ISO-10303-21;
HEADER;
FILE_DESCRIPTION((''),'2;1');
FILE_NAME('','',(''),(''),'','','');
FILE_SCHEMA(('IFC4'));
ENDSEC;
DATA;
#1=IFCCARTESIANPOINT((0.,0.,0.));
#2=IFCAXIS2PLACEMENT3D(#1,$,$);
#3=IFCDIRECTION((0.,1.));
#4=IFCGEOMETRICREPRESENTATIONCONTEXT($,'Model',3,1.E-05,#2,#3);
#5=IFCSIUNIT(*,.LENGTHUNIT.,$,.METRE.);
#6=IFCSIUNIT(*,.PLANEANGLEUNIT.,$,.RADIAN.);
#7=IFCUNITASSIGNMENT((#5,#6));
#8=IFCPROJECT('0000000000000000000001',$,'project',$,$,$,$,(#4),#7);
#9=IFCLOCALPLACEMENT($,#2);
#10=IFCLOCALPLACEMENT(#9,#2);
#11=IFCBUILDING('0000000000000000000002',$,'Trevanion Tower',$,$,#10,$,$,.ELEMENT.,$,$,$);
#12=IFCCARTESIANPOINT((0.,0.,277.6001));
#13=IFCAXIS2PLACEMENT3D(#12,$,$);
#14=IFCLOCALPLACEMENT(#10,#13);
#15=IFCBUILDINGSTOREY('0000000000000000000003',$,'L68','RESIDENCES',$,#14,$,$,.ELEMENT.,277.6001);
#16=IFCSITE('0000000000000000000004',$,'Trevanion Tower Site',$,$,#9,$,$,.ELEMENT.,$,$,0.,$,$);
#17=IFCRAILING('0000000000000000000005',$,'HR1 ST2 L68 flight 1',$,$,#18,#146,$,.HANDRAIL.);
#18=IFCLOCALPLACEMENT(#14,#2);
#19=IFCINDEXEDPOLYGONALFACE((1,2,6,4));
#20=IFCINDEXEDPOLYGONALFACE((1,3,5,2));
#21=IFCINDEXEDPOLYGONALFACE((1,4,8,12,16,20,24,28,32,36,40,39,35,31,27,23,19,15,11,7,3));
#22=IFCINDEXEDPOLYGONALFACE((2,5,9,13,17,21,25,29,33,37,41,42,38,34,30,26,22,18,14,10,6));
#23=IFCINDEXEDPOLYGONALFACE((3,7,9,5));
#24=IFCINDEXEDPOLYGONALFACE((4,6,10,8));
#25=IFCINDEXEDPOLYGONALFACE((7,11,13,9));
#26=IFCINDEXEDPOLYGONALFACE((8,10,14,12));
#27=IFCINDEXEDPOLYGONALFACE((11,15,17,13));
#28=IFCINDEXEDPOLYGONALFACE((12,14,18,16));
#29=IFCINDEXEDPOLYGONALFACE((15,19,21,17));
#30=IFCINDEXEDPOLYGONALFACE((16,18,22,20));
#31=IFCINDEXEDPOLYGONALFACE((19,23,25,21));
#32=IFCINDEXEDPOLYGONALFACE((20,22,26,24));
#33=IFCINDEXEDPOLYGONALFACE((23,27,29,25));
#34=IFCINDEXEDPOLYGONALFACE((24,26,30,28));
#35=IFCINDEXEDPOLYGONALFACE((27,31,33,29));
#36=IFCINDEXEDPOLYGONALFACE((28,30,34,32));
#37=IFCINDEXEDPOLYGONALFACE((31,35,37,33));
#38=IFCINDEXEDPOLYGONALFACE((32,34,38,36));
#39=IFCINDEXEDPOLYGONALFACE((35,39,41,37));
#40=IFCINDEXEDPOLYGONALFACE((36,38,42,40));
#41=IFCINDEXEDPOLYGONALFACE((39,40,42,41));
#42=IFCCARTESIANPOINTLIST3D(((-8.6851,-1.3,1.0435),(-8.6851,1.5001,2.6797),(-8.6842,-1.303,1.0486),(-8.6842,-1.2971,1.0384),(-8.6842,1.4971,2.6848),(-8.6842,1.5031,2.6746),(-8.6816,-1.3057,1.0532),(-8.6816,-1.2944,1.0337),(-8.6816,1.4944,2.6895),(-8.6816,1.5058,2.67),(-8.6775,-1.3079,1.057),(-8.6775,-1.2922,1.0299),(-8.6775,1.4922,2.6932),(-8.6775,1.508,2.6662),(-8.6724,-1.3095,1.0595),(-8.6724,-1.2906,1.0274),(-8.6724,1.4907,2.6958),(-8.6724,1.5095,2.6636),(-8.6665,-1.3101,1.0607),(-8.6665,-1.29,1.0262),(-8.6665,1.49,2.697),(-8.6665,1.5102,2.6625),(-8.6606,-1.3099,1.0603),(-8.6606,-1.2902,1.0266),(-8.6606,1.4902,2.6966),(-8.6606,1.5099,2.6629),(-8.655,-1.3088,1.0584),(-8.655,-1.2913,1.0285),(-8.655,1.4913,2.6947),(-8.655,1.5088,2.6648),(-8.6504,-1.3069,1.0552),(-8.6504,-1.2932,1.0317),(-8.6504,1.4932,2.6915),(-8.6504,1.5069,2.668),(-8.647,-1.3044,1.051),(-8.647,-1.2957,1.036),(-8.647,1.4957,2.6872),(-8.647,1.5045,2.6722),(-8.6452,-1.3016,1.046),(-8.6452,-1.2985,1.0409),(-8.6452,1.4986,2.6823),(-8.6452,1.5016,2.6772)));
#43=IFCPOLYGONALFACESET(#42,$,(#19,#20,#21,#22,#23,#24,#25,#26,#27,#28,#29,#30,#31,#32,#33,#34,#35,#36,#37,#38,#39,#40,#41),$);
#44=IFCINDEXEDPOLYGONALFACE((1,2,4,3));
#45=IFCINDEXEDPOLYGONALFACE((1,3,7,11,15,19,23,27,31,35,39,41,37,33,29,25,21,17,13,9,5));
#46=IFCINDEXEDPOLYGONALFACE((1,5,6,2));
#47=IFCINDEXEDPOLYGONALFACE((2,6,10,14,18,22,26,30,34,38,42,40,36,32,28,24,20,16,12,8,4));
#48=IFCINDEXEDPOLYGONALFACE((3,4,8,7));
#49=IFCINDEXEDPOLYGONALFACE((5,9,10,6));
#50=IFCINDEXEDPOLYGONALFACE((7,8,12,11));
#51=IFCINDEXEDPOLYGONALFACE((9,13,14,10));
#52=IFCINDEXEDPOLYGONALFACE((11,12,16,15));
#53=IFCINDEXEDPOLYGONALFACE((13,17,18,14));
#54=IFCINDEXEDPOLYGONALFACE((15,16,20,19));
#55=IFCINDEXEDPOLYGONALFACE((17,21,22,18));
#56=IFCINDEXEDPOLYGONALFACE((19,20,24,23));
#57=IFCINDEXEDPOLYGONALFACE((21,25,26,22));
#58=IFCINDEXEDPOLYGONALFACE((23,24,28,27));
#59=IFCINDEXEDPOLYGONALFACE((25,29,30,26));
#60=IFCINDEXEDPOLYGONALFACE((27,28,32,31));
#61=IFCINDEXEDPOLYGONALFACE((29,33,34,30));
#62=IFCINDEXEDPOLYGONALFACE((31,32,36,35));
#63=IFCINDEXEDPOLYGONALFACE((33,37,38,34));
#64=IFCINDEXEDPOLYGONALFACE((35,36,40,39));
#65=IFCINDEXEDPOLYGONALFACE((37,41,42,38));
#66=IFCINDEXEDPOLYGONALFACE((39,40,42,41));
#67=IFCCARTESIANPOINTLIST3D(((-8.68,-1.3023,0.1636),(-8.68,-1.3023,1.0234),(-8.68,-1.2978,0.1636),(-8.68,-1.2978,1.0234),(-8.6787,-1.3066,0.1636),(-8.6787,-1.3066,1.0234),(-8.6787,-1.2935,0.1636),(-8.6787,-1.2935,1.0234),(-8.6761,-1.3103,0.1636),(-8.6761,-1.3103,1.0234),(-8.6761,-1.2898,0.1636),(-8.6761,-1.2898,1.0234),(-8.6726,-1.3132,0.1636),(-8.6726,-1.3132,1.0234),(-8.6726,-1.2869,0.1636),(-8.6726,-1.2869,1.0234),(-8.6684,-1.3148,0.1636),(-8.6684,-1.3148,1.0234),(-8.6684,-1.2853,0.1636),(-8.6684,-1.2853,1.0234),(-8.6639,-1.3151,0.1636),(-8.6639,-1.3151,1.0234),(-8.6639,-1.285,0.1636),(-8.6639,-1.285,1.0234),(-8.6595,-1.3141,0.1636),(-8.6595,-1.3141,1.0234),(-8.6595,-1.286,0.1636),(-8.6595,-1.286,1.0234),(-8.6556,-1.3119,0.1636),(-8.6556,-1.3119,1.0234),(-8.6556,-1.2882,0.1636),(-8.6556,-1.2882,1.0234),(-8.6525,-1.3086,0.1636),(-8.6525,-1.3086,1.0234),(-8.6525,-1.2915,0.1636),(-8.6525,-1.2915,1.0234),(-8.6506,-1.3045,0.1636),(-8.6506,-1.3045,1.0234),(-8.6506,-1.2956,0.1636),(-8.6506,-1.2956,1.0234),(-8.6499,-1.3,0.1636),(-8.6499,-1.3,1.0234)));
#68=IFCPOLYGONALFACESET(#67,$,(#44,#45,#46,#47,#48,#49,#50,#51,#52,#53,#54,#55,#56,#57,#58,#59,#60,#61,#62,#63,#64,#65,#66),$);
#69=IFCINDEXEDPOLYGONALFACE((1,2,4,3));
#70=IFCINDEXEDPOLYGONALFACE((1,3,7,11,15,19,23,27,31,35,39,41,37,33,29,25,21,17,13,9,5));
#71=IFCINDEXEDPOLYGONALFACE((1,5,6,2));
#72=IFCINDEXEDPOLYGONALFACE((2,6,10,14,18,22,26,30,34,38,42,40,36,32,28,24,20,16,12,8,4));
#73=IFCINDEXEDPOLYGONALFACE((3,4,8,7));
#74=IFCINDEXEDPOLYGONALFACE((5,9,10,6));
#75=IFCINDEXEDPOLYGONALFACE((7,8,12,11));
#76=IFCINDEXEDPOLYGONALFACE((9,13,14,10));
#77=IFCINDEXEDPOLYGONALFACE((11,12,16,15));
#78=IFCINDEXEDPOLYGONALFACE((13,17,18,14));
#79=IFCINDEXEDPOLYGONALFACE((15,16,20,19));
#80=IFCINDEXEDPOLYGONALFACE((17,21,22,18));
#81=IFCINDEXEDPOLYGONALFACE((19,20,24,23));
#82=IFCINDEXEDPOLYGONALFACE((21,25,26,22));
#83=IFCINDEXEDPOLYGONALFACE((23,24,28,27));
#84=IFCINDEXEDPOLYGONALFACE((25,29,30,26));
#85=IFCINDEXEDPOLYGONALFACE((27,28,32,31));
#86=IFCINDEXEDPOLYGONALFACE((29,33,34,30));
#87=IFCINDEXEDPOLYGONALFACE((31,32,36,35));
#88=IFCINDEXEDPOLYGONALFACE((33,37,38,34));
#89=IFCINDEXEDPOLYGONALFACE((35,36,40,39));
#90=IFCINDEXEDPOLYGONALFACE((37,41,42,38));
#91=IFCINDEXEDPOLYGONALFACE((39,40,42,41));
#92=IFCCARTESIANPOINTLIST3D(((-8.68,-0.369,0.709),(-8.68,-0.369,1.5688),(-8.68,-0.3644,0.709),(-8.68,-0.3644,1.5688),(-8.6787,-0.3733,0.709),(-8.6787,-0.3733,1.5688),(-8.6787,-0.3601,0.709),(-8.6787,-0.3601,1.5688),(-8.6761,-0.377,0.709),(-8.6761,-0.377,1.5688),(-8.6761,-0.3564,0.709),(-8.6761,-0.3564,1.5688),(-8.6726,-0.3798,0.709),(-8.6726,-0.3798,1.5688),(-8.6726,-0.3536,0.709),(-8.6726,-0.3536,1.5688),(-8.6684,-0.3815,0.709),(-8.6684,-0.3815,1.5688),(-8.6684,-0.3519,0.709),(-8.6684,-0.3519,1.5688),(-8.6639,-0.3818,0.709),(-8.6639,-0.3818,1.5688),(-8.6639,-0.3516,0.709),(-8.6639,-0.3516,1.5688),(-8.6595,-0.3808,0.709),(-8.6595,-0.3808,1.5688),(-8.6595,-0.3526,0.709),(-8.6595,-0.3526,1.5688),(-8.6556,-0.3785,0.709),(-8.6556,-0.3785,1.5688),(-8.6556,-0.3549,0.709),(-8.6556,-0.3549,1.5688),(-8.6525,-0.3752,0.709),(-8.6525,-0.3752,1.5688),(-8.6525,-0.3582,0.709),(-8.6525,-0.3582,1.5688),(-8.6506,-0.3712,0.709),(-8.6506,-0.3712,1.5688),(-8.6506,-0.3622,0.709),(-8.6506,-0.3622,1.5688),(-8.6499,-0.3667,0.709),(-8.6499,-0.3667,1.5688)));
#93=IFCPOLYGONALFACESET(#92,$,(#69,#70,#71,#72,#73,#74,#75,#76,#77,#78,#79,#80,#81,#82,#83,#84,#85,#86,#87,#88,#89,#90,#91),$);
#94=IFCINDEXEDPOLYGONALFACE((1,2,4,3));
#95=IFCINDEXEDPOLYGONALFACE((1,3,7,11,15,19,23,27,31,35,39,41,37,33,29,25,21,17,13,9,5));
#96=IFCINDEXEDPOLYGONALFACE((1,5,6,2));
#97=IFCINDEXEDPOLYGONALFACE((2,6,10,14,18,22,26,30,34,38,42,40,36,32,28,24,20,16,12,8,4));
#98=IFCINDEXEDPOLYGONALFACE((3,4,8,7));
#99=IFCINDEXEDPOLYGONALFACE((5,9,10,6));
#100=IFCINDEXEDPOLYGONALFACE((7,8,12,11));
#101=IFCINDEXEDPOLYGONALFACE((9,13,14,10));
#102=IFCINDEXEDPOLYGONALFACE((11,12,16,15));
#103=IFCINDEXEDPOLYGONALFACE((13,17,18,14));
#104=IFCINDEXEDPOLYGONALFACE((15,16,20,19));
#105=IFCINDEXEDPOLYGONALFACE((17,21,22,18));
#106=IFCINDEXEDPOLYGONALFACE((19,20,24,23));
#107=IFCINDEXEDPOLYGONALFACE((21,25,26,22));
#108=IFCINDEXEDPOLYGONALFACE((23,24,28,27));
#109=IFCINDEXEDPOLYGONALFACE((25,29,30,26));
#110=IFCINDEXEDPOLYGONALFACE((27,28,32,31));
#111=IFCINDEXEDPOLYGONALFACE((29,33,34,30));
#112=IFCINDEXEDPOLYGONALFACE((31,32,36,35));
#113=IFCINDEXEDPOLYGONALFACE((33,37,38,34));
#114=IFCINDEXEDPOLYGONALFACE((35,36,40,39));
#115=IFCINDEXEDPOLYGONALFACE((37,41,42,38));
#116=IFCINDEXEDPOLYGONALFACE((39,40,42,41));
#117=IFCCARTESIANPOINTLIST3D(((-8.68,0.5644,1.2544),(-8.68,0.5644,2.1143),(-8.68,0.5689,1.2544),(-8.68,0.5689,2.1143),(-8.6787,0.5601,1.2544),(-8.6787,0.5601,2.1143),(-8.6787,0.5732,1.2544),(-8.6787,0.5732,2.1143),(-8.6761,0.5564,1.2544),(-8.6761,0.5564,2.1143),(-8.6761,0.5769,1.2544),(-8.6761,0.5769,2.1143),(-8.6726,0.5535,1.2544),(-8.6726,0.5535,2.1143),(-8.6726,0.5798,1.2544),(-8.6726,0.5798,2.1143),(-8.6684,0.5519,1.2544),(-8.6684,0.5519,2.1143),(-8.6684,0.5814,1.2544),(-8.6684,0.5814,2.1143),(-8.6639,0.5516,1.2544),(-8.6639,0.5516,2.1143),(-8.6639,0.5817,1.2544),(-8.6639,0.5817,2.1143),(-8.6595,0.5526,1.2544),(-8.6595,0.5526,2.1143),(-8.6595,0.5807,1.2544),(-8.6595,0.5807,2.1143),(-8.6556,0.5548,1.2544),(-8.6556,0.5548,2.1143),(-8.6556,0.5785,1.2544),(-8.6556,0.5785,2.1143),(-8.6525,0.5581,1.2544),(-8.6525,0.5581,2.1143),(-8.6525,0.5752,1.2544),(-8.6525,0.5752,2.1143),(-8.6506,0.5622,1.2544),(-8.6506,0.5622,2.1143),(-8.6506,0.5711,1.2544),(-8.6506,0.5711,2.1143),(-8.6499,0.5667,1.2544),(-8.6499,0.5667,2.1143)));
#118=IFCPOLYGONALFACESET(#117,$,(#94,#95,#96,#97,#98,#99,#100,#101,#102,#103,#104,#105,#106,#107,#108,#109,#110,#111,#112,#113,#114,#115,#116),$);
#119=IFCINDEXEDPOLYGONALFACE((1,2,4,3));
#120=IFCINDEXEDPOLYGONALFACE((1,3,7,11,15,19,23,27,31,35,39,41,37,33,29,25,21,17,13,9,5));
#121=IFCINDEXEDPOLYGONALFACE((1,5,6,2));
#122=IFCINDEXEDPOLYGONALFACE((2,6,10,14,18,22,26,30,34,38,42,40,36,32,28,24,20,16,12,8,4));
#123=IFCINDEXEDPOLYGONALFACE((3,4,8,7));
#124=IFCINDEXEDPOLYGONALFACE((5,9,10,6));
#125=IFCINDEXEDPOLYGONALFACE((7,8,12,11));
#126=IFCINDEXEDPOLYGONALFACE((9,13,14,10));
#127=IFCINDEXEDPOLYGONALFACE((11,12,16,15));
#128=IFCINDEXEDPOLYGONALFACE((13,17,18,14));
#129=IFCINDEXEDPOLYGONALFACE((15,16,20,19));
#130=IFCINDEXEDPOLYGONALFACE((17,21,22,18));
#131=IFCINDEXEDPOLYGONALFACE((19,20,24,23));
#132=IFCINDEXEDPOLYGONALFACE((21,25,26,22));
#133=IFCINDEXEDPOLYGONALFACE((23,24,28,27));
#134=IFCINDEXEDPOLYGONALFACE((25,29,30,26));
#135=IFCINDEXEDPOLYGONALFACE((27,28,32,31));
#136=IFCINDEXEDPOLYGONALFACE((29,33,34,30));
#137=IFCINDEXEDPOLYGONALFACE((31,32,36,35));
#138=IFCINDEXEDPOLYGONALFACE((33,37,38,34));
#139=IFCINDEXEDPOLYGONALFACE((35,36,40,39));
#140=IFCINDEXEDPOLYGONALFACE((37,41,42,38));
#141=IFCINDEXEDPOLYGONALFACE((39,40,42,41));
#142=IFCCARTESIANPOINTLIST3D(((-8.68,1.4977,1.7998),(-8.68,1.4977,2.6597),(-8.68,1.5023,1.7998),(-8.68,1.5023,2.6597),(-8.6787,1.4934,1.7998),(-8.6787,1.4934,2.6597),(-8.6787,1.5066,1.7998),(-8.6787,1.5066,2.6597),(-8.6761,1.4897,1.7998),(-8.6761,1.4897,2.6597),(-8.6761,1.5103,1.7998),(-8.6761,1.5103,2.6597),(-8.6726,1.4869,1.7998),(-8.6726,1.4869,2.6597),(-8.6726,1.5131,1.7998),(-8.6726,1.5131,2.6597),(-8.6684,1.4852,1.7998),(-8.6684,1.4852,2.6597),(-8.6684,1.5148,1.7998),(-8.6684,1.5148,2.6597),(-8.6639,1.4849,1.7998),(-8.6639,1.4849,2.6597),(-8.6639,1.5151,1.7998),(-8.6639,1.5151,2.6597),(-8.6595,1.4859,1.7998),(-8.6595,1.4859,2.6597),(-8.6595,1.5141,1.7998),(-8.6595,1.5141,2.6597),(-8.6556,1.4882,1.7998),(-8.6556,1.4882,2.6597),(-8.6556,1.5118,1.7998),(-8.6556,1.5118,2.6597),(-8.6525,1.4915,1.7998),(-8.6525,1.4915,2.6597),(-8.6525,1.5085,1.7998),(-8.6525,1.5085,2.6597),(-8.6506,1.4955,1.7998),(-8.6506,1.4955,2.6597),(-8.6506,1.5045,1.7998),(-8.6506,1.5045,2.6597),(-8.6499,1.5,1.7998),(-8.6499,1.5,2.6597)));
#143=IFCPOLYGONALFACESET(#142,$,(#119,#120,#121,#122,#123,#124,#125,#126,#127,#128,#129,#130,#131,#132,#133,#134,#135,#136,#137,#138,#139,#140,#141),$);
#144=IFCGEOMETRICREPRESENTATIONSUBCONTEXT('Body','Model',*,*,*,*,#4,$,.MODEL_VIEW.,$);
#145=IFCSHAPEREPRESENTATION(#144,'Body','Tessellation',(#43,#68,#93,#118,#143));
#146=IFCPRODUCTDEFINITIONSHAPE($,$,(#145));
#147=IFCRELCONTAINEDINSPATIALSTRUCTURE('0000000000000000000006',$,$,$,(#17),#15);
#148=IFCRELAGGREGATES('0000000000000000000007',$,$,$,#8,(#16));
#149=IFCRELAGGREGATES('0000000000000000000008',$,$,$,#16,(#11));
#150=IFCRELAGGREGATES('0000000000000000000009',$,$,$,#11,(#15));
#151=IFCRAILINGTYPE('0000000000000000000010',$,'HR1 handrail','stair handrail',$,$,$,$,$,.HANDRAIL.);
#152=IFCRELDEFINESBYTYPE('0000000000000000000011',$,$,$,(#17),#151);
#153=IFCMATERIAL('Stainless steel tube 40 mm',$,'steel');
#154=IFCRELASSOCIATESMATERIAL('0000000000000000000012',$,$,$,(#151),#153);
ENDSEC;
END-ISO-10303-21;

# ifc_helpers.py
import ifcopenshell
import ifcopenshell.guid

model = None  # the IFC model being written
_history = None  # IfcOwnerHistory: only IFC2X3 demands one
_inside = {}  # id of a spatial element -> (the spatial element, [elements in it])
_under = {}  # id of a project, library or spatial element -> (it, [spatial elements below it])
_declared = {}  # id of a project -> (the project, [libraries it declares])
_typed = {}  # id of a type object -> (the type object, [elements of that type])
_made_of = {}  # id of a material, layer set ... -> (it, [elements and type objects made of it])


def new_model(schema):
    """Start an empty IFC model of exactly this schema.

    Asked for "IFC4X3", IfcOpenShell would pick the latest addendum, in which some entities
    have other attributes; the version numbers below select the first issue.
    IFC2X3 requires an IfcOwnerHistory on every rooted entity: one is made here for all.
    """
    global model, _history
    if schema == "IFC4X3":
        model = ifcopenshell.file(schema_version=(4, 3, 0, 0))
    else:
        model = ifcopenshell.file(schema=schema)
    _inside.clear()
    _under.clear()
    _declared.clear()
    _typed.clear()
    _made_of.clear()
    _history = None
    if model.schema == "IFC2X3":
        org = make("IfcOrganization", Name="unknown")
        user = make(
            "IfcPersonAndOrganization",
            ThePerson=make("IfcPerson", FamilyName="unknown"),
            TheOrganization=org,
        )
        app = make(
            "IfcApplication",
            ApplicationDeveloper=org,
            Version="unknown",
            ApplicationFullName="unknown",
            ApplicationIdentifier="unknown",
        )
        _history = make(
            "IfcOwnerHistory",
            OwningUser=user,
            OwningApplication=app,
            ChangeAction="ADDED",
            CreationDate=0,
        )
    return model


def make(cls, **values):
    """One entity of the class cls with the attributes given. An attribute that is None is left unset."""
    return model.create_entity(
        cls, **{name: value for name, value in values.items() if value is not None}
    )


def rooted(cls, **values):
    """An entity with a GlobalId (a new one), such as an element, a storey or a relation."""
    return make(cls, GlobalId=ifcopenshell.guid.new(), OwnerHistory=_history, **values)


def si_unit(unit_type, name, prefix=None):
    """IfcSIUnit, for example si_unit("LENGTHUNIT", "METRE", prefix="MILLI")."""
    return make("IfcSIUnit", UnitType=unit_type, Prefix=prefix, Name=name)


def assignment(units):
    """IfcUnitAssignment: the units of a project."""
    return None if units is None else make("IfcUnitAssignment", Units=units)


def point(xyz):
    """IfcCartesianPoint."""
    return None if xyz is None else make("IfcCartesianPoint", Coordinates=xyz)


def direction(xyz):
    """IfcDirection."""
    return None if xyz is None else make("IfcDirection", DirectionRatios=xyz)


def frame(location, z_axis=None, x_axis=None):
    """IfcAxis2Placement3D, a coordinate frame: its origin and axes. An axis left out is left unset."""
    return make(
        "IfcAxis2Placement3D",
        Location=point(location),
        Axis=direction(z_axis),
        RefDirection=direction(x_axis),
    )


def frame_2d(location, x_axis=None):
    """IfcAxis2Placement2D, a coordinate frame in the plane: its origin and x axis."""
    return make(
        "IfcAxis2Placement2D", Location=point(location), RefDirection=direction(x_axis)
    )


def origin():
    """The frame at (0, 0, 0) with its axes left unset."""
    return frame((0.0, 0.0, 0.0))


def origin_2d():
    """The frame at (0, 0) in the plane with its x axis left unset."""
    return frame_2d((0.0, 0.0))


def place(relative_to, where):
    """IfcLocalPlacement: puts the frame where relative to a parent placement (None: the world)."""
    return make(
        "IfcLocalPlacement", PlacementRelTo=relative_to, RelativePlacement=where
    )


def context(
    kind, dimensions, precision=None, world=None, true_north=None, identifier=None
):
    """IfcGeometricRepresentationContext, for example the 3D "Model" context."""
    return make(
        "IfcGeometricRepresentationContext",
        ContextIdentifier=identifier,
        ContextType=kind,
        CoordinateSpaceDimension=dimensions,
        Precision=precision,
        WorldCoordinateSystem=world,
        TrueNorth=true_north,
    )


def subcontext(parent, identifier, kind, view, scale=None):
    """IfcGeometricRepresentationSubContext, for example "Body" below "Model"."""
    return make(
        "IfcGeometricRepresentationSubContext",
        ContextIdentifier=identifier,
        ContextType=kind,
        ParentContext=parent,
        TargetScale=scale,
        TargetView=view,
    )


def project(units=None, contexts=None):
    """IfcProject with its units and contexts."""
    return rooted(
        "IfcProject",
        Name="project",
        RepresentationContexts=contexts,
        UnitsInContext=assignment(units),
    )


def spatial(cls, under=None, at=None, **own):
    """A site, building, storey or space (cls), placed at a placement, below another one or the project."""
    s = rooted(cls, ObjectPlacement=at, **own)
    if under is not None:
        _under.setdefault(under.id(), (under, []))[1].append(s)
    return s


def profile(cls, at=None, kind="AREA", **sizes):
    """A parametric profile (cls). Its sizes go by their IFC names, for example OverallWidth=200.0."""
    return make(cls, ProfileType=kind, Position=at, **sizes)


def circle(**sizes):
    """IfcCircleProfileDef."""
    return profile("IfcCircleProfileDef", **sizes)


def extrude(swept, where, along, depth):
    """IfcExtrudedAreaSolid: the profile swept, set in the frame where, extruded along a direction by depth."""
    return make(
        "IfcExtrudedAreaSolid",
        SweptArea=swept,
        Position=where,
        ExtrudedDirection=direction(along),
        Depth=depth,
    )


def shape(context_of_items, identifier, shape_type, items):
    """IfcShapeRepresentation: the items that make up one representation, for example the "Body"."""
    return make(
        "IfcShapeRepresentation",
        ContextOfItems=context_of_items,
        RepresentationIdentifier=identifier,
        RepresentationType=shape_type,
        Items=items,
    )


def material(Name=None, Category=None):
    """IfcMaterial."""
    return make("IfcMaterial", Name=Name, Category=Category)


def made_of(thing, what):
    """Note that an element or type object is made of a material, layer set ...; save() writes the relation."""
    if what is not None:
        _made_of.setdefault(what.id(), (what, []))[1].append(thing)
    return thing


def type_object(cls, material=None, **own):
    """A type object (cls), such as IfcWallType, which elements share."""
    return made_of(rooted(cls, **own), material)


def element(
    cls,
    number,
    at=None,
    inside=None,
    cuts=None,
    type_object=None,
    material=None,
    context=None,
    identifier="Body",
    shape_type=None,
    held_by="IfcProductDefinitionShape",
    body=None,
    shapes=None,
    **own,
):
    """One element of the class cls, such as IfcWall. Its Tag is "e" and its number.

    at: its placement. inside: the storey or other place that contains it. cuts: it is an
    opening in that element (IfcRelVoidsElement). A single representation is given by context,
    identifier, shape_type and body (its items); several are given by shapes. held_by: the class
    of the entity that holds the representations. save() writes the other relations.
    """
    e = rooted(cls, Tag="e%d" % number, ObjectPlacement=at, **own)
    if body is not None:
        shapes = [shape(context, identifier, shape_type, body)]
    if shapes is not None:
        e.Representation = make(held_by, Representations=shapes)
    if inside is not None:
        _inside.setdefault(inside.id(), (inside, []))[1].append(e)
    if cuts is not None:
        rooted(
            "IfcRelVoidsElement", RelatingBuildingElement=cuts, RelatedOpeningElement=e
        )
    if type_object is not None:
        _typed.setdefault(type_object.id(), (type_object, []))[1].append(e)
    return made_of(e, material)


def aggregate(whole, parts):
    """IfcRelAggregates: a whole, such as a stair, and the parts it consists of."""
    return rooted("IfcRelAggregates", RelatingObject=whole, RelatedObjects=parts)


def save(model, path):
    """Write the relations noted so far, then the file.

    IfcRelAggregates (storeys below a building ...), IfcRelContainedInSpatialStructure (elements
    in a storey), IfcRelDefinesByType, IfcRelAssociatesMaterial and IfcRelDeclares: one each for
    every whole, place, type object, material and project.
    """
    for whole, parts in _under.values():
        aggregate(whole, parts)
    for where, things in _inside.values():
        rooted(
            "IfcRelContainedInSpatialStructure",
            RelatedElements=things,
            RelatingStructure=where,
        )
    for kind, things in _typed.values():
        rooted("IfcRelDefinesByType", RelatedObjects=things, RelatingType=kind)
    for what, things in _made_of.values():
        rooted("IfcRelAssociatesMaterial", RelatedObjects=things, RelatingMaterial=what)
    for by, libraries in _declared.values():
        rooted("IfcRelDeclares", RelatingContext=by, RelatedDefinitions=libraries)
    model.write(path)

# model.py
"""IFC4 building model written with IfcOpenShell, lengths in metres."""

from ifc_helpers import new_model, si_unit, direction, frame, origin, origin_2d, place, context, subcontext, project, spatial, circle, extrude, material, type_object, element, save


model = new_model("IFC4")

# Units and contexts
model_context = context("Model", 3, precision=1e-05, world=origin(), true_north=direction((0.0, 1.0)))
body_context = subcontext(model_context, "Body", "Model", "MODEL_VIEW")
ifc_project = project(units=[si_unit("LENGTHUNIT", "METRE"), si_unit("PLANEANGLEUNIT", "RADIAN")], contexts=[model_context])

# Site, building, storey
site_placement = place(None, origin())
site = spatial("IfcSite", under=ifc_project, at=site_placement, Name="Trevanion Tower Site", CompositionType="ELEMENT", RefElevation=0.0)
building_placement = place(site_placement, origin())
building = spatial("IfcBuilding", under=site, at=building_placement, Name="Trevanion Tower", CompositionType="ELEMENT")
storey_placement = place(building_placement, frame((0.0, 0.0, 277.6001)))
storey = spatial("IfcBuildingStorey", under=building, at=storey_placement, Name="L68", Description="RESIDENCES", CompositionType="ELEMENT", Elevation=277.6001)

# Railing
ifc_material_1 = material(Name="Stainless steel tube 40 mm", Category="steel")
railing_type = type_object("IfcRailingType", Name="HR1 handrail", Description="stair handrail", PredefinedType="HANDRAIL", material=ifc_material_1)
for number, where, name in (
    (1, (-8.665, -1.3, 0.1636), "HR1 ST2 L68 flight 1"),
):
    element("IfcRailing", number, at=place(storey_placement, frame(where)), inside=storey, type_object=railing_type, Name=name, PredefinedType="HANDRAIL", context=body_context, shape_type="SweptSolid", body=[
        extrude(circle(Radius=0.02, at=origin_2d()), frame((0.0, 0.0, 0.8799), z_axis=(0.0, 0.863394, 0.504531), x_axis=(-1.0, 0.0, 0.0)), (0.0, 0.0, 1.0), 3.2432),
        extrude(circle(Radius=0.0151, at=origin_2d()), origin(), (0.0, 0.0, 1.0), 0.8599),
        extrude(circle(Radius=0.0151, at=origin_2d()), frame((0.0, 0.9333, 0.5454)), (0.0, 0.0, 1.0), 0.8599),
        extrude(circle(Radius=0.0151, at=origin_2d()), frame((0.0, 1.8667, 1.0908)), (0.0, 0.0, 1.0), 0.8599),
        extrude(circle(Radius=0.0151, at=origin_2d()), frame((0.0, 2.8, 1.6362)), (0.0, 0.0, 1.0), 0.8599),
    ])

save(model, "model.ifc")
